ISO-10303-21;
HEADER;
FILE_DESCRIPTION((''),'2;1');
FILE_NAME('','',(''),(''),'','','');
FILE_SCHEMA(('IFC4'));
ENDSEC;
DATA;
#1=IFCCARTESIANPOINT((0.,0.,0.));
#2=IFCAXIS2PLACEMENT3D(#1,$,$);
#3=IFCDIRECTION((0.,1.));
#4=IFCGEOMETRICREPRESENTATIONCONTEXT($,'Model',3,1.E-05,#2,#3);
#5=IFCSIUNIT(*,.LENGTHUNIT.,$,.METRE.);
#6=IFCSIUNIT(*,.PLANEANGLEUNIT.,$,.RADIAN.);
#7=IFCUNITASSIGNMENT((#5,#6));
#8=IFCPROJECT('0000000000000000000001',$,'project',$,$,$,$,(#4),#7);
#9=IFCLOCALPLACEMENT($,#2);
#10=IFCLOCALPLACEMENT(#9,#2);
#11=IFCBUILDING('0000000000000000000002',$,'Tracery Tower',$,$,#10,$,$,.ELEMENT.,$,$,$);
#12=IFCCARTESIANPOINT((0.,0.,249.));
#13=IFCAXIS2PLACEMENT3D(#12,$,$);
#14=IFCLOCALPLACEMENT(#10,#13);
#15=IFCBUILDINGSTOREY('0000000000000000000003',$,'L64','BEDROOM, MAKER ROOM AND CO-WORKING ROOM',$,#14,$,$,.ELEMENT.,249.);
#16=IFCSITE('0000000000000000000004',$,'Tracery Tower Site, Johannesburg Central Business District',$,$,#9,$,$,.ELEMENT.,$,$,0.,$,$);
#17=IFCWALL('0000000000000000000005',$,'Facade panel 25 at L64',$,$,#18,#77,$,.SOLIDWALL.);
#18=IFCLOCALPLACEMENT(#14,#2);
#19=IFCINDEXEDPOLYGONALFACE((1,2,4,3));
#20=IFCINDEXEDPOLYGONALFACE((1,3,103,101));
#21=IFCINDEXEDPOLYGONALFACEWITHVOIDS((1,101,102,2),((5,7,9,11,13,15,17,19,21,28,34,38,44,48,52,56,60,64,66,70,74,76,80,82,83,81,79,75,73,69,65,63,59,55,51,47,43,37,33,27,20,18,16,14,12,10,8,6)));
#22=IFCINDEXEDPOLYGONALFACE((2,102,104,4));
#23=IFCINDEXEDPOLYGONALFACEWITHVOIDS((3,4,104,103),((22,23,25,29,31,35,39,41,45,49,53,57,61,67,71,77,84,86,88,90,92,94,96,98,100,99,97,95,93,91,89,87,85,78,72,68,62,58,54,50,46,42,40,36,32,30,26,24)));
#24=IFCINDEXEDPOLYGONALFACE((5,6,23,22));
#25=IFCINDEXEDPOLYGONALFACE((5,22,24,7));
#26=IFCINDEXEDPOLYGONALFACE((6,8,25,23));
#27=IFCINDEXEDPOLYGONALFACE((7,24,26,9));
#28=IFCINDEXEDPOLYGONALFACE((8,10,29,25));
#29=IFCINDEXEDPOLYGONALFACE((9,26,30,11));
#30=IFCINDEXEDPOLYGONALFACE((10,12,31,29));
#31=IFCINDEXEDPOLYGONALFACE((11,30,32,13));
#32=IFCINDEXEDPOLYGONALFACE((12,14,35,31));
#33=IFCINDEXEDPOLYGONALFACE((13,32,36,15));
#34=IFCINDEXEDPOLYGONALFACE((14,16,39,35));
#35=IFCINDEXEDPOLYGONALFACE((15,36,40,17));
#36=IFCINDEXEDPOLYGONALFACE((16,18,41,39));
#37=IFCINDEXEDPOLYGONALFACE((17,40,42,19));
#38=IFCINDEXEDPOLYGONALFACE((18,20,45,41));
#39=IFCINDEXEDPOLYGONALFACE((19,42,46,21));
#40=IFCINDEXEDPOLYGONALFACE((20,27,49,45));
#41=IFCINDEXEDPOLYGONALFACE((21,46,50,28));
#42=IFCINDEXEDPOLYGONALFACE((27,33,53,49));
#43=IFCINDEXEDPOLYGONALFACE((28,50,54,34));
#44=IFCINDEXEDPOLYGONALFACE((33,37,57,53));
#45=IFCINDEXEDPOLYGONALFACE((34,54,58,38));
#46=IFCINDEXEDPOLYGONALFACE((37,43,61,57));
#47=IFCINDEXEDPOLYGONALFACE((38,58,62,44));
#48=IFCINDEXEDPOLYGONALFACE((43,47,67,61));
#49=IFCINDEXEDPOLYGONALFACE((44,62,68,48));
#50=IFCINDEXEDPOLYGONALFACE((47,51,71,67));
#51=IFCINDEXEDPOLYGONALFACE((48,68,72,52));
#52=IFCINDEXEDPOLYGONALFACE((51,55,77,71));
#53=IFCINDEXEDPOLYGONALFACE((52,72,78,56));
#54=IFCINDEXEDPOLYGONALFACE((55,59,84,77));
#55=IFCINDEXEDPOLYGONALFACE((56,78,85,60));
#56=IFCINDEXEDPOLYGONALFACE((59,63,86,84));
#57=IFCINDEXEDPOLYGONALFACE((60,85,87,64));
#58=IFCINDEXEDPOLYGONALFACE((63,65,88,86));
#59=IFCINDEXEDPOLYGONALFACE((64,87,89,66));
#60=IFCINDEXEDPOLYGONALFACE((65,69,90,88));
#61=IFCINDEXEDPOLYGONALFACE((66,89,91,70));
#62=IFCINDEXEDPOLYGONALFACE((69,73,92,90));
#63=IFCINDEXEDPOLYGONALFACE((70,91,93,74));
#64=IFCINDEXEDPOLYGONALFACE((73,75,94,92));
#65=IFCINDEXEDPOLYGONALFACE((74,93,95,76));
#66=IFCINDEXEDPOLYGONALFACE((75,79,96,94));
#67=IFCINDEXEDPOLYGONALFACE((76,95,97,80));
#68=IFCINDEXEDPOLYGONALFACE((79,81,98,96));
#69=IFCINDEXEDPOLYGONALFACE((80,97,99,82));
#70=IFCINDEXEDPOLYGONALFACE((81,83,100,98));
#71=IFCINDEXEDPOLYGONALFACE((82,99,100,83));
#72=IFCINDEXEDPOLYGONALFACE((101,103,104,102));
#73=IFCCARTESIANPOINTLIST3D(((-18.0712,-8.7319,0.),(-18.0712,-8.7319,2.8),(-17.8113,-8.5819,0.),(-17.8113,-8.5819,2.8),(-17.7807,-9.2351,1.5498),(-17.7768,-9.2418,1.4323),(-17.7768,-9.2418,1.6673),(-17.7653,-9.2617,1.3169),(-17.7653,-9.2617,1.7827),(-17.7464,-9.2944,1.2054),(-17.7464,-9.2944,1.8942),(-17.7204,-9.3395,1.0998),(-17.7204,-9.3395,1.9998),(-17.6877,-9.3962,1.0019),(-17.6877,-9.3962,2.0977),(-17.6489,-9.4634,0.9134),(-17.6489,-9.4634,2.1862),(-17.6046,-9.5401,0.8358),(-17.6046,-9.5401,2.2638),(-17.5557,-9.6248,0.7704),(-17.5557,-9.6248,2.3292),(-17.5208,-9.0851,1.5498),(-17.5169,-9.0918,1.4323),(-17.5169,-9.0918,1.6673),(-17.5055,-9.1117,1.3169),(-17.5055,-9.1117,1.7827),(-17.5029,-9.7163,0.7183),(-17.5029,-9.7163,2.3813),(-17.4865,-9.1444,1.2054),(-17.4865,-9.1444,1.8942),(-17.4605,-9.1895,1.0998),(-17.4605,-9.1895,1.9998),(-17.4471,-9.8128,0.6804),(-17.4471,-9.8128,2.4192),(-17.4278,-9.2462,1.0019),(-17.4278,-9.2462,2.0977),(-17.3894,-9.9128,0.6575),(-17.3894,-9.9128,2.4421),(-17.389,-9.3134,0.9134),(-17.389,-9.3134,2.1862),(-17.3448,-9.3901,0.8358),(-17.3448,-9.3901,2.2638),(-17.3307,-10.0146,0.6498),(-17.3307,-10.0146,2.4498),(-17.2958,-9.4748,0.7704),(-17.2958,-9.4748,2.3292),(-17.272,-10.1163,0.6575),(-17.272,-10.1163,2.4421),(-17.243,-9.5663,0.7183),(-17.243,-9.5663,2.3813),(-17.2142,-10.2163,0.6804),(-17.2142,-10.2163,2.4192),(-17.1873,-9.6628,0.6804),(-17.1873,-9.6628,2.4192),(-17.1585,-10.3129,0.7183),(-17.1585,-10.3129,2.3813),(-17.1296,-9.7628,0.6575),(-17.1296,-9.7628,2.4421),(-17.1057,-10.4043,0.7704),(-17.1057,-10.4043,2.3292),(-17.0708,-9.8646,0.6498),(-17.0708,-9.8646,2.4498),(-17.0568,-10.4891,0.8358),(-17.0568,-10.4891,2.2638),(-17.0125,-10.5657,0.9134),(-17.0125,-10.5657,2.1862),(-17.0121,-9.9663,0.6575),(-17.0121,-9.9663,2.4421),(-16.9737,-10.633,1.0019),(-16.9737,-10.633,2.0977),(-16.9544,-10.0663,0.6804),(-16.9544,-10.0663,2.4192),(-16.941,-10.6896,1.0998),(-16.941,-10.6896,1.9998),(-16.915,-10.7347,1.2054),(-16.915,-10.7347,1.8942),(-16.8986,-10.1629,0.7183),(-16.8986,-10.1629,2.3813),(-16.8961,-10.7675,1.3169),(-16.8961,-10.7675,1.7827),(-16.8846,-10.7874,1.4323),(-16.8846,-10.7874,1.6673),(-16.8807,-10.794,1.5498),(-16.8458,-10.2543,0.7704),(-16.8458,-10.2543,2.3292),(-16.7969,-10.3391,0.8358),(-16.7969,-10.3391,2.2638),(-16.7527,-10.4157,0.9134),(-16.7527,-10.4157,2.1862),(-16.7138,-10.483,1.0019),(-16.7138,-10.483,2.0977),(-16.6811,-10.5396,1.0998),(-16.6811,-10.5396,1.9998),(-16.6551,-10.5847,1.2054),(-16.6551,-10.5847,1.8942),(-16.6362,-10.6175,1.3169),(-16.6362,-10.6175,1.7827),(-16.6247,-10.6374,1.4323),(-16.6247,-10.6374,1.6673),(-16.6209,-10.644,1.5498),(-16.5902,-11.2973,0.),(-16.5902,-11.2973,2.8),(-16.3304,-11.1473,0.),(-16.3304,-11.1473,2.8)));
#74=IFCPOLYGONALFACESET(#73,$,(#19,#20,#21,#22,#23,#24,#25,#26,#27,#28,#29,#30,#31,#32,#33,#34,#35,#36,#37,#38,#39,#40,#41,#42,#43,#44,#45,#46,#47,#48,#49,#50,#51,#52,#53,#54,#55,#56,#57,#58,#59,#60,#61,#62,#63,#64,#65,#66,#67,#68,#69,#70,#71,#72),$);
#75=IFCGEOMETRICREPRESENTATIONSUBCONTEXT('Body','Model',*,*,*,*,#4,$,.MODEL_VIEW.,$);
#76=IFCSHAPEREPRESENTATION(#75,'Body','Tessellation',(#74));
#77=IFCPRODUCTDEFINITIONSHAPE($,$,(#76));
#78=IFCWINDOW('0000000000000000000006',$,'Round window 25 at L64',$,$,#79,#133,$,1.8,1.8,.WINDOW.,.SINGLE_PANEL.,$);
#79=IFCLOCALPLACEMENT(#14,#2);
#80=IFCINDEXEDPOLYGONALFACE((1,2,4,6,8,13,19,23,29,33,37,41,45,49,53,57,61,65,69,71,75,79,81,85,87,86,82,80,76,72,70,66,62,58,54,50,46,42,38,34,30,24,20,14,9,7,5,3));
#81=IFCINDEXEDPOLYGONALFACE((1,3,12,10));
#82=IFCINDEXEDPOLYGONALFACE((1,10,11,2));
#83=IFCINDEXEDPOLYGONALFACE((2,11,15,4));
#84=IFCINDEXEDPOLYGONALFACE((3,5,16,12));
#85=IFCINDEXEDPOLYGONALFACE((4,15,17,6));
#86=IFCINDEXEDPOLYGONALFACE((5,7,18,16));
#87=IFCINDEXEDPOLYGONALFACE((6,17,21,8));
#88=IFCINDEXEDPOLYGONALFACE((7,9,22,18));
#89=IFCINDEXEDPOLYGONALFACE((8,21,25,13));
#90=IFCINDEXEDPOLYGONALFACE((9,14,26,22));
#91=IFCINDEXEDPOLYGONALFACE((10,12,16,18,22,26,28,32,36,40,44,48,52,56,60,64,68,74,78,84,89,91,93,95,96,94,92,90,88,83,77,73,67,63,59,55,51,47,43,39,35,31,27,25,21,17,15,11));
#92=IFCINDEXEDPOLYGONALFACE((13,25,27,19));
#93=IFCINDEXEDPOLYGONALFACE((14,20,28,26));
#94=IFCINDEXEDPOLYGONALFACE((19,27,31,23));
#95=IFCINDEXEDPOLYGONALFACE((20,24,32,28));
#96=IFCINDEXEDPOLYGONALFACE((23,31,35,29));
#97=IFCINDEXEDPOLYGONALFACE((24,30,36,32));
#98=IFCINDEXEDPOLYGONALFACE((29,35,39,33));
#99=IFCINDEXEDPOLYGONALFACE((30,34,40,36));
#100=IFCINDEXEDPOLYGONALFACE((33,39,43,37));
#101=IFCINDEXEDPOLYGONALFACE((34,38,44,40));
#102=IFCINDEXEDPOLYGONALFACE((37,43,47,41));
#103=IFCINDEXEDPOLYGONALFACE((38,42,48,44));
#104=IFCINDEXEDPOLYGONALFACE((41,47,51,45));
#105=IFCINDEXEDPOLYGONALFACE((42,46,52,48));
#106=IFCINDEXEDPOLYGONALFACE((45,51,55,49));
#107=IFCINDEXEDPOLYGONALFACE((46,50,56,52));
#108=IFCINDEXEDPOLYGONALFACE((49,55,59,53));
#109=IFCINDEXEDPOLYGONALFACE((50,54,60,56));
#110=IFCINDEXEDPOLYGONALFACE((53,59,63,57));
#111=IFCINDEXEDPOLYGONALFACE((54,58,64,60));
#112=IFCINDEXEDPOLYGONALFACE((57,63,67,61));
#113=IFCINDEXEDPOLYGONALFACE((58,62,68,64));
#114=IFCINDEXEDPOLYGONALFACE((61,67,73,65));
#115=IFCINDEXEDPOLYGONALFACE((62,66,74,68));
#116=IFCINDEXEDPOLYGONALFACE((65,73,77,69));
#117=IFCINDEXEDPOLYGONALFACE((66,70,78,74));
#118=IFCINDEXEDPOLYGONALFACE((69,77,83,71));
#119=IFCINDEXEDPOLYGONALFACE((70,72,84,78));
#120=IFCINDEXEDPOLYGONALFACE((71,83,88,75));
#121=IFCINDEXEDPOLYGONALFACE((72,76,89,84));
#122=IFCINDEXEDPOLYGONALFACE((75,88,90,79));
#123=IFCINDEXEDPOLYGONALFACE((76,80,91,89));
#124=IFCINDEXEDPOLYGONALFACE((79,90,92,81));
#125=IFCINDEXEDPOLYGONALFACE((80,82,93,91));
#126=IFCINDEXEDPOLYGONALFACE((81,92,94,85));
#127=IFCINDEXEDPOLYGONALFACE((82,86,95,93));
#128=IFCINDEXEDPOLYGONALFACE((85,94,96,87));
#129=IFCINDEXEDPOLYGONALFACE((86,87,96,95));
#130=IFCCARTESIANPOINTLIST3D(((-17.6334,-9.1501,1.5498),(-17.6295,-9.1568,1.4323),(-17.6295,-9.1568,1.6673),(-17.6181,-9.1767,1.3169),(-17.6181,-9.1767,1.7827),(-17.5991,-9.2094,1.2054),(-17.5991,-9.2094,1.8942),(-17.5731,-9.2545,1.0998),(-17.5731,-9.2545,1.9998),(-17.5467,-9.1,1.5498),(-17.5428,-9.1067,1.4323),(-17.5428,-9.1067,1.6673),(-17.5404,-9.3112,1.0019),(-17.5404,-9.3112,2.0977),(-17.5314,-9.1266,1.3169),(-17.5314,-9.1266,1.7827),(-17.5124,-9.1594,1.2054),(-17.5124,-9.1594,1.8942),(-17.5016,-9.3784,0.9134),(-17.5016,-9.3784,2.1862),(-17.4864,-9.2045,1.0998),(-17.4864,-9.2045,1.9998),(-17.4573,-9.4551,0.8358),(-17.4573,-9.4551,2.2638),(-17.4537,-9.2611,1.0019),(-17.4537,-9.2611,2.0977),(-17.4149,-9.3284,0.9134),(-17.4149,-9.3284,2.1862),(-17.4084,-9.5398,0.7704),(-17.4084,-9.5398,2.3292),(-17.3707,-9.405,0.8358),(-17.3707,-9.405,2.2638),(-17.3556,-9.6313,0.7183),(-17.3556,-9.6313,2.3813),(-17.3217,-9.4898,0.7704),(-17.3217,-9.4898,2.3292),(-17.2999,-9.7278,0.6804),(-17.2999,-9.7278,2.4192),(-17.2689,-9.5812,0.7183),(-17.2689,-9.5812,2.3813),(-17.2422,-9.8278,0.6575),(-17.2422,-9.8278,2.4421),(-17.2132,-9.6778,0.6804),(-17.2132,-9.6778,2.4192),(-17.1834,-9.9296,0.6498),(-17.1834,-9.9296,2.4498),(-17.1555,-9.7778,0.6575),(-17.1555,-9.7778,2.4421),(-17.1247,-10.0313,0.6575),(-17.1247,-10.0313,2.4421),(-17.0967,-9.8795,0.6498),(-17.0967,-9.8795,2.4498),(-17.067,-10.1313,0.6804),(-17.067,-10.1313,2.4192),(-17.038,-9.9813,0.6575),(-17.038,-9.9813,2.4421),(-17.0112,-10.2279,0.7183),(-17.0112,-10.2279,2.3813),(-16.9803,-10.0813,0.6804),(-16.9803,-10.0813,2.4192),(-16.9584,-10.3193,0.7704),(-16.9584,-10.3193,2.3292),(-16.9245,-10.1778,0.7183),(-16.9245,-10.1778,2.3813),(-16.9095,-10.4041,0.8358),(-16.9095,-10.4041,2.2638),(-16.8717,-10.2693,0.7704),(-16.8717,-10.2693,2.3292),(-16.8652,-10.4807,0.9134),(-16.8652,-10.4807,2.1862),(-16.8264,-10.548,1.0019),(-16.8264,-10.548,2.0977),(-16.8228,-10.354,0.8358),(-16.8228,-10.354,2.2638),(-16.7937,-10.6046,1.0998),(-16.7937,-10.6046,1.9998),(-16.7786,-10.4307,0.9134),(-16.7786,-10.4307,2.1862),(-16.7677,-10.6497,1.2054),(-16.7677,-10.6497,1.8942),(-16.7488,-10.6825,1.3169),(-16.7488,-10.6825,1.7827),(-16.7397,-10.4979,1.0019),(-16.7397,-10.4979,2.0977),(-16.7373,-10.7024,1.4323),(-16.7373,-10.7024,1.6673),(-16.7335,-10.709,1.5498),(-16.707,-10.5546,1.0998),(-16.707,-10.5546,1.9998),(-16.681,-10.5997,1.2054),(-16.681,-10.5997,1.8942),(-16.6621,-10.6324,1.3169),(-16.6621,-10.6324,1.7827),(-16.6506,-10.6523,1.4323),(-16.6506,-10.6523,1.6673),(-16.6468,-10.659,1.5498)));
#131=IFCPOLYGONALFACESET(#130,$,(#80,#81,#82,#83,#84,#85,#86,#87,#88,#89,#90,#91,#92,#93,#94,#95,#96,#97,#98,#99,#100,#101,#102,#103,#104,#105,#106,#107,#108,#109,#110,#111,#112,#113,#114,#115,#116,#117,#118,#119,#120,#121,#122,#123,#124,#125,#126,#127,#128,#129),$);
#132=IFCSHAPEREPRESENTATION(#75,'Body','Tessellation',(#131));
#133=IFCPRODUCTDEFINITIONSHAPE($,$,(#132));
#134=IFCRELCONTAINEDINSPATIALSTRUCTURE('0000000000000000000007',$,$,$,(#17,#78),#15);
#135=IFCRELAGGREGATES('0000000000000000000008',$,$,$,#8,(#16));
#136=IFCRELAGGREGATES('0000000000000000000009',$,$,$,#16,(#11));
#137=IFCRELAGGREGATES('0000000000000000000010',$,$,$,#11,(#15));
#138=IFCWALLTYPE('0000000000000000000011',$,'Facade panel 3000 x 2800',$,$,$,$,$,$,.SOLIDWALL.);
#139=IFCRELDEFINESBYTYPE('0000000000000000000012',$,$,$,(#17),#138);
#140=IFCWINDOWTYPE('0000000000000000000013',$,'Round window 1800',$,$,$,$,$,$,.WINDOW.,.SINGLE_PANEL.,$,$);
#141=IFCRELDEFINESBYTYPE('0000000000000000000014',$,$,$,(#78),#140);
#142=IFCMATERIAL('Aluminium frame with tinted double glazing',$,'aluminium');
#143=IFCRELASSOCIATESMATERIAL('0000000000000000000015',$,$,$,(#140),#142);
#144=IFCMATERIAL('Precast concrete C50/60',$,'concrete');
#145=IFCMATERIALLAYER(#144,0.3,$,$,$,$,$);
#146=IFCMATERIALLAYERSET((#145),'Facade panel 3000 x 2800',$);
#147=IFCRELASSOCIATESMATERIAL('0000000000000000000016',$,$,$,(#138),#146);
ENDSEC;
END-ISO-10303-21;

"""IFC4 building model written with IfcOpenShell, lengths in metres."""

from ifc_helpers import new_model, si_unit, direction, frame, frame_2d, origin, origin_2d, place, context, subcontext, project, spatial, rectangle, circle, extrude, material, layer, layer_set, type_object, element, fill, save


model = new_model("IFC4")

# Units and contexts
model_context = context("Model", 3, precision=1e-05, world=origin(), true_north=direction((0.0, 1.0)))
body_context = subcontext(model_context, "Body", "Model", "MODEL_VIEW")
ifc_project = project(units=[si_unit("LENGTHUNIT", "METRE"), si_unit("PLANEANGLEUNIT", "RADIAN")], contexts=[model_context])

# Site, building, storey
site_placement = place(None, origin())
site = spatial("IfcSite", under=ifc_project, at=site_placement, Name="Tracery Tower Site, Johannesburg Central Business District", CompositionType="ELEMENT", RefElevation=0.0)
building_placement = place(site_placement, origin())
building = spatial("IfcBuilding", under=site, at=building_placement, Name="Tracery Tower", CompositionType="ELEMENT")
storey_placement = place(building_placement, frame((0.0, 0.0, 249.0)))
storey = spatial("IfcBuildingStorey", under=building, at=storey_placement, Name="L64", Description="BEDROOM, MAKER ROOM AND CO-WORKING ROOM", CompositionType="ELEMENT", Elevation=249.0)

# Wall, opening, window
ifc_material_1 = material(Name="Aluminium frame with tinted double glazing", Category="aluminium")
window_type = type_object("IfcWindowType", Name="Round window 1800", PartitioningType="SINGLE_PANEL", PredefinedType="WINDOW", material=ifc_material_1)
ifc_material_2 = material(Name="Precast concrete C50/60", Category="concrete")
ifc_layer_1 = layer(ifc_material_2, 0.3)
ifc_layer_set_1 = layer_set([ifc_layer_1], Name="Facade panel 3000 x 2800")
wall_type_1 = type_object("IfcWallType", Name="Facade panel 3000 x 2800", PredefinedType="SOLIDWALL", material=ifc_layer_set_1)
wall_1_placement = place(storey_placement, frame((-17.9412, -8.657, 0.0), z_axis=(0.0, 0.0, 1.0), x_axis=(0.499951, -0.866054, 0.0)))
wall_1 = element("IfcWall", 1, at=wall_1_placement, inside=storey, type_object=wall_type_1, Name="Facade panel 25 at L64", PredefinedType="SOLIDWALL", context=body_context, shape_type="SweptSolid", body=[
    extrude(rectangle(XDim=2.9622, YDim=0.3, at=frame_2d((1.481, 0.0))), origin(), (0.0, 0.0, 1.0), 2.8),
])
opening_1_placement = place(wall_1_placement, frame((1.481, 0.0, 1.5498)))
opening_1 = element("IfcOpeningElement", 2, at=opening_1_placement, cuts=wall_1, PredefinedType="OPENING", context=body_context, shape_type="SweptSolid", body=[
    extrude(circle(Radius=0.9, at=origin_2d()), frame((0.0, 0.1599, 0.0), z_axis=(0.0, -1.0, 0.0), x_axis=(1.0, 0.0, 0.0)), (0.0, 0.0, 1.0), 0.3201),
])
window_1_placement = place(opening_1_placement, origin())
window_1 = element("IfcWindow", 3, at=window_1_placement, inside=storey, type_object=window_type, Name="Round window 25 at L64", OverallHeight=1.8, OverallWidth=1.8, PartitioningType="SINGLE_PANEL", PredefinedType="WINDOW", context=body_context, shape_type="SweptSolid", body=[
    extrude(circle(Radius=0.9, at=origin_2d()), frame((0.0, 0.1201, 0.0), z_axis=(0.0, -1.0, 0.0), x_axis=(1.0, 0.0, 0.0)), (0.0, 0.0, 1.0), 0.1001),
])
fill(opening_1, window_1)

save(model, "model.ifc")
